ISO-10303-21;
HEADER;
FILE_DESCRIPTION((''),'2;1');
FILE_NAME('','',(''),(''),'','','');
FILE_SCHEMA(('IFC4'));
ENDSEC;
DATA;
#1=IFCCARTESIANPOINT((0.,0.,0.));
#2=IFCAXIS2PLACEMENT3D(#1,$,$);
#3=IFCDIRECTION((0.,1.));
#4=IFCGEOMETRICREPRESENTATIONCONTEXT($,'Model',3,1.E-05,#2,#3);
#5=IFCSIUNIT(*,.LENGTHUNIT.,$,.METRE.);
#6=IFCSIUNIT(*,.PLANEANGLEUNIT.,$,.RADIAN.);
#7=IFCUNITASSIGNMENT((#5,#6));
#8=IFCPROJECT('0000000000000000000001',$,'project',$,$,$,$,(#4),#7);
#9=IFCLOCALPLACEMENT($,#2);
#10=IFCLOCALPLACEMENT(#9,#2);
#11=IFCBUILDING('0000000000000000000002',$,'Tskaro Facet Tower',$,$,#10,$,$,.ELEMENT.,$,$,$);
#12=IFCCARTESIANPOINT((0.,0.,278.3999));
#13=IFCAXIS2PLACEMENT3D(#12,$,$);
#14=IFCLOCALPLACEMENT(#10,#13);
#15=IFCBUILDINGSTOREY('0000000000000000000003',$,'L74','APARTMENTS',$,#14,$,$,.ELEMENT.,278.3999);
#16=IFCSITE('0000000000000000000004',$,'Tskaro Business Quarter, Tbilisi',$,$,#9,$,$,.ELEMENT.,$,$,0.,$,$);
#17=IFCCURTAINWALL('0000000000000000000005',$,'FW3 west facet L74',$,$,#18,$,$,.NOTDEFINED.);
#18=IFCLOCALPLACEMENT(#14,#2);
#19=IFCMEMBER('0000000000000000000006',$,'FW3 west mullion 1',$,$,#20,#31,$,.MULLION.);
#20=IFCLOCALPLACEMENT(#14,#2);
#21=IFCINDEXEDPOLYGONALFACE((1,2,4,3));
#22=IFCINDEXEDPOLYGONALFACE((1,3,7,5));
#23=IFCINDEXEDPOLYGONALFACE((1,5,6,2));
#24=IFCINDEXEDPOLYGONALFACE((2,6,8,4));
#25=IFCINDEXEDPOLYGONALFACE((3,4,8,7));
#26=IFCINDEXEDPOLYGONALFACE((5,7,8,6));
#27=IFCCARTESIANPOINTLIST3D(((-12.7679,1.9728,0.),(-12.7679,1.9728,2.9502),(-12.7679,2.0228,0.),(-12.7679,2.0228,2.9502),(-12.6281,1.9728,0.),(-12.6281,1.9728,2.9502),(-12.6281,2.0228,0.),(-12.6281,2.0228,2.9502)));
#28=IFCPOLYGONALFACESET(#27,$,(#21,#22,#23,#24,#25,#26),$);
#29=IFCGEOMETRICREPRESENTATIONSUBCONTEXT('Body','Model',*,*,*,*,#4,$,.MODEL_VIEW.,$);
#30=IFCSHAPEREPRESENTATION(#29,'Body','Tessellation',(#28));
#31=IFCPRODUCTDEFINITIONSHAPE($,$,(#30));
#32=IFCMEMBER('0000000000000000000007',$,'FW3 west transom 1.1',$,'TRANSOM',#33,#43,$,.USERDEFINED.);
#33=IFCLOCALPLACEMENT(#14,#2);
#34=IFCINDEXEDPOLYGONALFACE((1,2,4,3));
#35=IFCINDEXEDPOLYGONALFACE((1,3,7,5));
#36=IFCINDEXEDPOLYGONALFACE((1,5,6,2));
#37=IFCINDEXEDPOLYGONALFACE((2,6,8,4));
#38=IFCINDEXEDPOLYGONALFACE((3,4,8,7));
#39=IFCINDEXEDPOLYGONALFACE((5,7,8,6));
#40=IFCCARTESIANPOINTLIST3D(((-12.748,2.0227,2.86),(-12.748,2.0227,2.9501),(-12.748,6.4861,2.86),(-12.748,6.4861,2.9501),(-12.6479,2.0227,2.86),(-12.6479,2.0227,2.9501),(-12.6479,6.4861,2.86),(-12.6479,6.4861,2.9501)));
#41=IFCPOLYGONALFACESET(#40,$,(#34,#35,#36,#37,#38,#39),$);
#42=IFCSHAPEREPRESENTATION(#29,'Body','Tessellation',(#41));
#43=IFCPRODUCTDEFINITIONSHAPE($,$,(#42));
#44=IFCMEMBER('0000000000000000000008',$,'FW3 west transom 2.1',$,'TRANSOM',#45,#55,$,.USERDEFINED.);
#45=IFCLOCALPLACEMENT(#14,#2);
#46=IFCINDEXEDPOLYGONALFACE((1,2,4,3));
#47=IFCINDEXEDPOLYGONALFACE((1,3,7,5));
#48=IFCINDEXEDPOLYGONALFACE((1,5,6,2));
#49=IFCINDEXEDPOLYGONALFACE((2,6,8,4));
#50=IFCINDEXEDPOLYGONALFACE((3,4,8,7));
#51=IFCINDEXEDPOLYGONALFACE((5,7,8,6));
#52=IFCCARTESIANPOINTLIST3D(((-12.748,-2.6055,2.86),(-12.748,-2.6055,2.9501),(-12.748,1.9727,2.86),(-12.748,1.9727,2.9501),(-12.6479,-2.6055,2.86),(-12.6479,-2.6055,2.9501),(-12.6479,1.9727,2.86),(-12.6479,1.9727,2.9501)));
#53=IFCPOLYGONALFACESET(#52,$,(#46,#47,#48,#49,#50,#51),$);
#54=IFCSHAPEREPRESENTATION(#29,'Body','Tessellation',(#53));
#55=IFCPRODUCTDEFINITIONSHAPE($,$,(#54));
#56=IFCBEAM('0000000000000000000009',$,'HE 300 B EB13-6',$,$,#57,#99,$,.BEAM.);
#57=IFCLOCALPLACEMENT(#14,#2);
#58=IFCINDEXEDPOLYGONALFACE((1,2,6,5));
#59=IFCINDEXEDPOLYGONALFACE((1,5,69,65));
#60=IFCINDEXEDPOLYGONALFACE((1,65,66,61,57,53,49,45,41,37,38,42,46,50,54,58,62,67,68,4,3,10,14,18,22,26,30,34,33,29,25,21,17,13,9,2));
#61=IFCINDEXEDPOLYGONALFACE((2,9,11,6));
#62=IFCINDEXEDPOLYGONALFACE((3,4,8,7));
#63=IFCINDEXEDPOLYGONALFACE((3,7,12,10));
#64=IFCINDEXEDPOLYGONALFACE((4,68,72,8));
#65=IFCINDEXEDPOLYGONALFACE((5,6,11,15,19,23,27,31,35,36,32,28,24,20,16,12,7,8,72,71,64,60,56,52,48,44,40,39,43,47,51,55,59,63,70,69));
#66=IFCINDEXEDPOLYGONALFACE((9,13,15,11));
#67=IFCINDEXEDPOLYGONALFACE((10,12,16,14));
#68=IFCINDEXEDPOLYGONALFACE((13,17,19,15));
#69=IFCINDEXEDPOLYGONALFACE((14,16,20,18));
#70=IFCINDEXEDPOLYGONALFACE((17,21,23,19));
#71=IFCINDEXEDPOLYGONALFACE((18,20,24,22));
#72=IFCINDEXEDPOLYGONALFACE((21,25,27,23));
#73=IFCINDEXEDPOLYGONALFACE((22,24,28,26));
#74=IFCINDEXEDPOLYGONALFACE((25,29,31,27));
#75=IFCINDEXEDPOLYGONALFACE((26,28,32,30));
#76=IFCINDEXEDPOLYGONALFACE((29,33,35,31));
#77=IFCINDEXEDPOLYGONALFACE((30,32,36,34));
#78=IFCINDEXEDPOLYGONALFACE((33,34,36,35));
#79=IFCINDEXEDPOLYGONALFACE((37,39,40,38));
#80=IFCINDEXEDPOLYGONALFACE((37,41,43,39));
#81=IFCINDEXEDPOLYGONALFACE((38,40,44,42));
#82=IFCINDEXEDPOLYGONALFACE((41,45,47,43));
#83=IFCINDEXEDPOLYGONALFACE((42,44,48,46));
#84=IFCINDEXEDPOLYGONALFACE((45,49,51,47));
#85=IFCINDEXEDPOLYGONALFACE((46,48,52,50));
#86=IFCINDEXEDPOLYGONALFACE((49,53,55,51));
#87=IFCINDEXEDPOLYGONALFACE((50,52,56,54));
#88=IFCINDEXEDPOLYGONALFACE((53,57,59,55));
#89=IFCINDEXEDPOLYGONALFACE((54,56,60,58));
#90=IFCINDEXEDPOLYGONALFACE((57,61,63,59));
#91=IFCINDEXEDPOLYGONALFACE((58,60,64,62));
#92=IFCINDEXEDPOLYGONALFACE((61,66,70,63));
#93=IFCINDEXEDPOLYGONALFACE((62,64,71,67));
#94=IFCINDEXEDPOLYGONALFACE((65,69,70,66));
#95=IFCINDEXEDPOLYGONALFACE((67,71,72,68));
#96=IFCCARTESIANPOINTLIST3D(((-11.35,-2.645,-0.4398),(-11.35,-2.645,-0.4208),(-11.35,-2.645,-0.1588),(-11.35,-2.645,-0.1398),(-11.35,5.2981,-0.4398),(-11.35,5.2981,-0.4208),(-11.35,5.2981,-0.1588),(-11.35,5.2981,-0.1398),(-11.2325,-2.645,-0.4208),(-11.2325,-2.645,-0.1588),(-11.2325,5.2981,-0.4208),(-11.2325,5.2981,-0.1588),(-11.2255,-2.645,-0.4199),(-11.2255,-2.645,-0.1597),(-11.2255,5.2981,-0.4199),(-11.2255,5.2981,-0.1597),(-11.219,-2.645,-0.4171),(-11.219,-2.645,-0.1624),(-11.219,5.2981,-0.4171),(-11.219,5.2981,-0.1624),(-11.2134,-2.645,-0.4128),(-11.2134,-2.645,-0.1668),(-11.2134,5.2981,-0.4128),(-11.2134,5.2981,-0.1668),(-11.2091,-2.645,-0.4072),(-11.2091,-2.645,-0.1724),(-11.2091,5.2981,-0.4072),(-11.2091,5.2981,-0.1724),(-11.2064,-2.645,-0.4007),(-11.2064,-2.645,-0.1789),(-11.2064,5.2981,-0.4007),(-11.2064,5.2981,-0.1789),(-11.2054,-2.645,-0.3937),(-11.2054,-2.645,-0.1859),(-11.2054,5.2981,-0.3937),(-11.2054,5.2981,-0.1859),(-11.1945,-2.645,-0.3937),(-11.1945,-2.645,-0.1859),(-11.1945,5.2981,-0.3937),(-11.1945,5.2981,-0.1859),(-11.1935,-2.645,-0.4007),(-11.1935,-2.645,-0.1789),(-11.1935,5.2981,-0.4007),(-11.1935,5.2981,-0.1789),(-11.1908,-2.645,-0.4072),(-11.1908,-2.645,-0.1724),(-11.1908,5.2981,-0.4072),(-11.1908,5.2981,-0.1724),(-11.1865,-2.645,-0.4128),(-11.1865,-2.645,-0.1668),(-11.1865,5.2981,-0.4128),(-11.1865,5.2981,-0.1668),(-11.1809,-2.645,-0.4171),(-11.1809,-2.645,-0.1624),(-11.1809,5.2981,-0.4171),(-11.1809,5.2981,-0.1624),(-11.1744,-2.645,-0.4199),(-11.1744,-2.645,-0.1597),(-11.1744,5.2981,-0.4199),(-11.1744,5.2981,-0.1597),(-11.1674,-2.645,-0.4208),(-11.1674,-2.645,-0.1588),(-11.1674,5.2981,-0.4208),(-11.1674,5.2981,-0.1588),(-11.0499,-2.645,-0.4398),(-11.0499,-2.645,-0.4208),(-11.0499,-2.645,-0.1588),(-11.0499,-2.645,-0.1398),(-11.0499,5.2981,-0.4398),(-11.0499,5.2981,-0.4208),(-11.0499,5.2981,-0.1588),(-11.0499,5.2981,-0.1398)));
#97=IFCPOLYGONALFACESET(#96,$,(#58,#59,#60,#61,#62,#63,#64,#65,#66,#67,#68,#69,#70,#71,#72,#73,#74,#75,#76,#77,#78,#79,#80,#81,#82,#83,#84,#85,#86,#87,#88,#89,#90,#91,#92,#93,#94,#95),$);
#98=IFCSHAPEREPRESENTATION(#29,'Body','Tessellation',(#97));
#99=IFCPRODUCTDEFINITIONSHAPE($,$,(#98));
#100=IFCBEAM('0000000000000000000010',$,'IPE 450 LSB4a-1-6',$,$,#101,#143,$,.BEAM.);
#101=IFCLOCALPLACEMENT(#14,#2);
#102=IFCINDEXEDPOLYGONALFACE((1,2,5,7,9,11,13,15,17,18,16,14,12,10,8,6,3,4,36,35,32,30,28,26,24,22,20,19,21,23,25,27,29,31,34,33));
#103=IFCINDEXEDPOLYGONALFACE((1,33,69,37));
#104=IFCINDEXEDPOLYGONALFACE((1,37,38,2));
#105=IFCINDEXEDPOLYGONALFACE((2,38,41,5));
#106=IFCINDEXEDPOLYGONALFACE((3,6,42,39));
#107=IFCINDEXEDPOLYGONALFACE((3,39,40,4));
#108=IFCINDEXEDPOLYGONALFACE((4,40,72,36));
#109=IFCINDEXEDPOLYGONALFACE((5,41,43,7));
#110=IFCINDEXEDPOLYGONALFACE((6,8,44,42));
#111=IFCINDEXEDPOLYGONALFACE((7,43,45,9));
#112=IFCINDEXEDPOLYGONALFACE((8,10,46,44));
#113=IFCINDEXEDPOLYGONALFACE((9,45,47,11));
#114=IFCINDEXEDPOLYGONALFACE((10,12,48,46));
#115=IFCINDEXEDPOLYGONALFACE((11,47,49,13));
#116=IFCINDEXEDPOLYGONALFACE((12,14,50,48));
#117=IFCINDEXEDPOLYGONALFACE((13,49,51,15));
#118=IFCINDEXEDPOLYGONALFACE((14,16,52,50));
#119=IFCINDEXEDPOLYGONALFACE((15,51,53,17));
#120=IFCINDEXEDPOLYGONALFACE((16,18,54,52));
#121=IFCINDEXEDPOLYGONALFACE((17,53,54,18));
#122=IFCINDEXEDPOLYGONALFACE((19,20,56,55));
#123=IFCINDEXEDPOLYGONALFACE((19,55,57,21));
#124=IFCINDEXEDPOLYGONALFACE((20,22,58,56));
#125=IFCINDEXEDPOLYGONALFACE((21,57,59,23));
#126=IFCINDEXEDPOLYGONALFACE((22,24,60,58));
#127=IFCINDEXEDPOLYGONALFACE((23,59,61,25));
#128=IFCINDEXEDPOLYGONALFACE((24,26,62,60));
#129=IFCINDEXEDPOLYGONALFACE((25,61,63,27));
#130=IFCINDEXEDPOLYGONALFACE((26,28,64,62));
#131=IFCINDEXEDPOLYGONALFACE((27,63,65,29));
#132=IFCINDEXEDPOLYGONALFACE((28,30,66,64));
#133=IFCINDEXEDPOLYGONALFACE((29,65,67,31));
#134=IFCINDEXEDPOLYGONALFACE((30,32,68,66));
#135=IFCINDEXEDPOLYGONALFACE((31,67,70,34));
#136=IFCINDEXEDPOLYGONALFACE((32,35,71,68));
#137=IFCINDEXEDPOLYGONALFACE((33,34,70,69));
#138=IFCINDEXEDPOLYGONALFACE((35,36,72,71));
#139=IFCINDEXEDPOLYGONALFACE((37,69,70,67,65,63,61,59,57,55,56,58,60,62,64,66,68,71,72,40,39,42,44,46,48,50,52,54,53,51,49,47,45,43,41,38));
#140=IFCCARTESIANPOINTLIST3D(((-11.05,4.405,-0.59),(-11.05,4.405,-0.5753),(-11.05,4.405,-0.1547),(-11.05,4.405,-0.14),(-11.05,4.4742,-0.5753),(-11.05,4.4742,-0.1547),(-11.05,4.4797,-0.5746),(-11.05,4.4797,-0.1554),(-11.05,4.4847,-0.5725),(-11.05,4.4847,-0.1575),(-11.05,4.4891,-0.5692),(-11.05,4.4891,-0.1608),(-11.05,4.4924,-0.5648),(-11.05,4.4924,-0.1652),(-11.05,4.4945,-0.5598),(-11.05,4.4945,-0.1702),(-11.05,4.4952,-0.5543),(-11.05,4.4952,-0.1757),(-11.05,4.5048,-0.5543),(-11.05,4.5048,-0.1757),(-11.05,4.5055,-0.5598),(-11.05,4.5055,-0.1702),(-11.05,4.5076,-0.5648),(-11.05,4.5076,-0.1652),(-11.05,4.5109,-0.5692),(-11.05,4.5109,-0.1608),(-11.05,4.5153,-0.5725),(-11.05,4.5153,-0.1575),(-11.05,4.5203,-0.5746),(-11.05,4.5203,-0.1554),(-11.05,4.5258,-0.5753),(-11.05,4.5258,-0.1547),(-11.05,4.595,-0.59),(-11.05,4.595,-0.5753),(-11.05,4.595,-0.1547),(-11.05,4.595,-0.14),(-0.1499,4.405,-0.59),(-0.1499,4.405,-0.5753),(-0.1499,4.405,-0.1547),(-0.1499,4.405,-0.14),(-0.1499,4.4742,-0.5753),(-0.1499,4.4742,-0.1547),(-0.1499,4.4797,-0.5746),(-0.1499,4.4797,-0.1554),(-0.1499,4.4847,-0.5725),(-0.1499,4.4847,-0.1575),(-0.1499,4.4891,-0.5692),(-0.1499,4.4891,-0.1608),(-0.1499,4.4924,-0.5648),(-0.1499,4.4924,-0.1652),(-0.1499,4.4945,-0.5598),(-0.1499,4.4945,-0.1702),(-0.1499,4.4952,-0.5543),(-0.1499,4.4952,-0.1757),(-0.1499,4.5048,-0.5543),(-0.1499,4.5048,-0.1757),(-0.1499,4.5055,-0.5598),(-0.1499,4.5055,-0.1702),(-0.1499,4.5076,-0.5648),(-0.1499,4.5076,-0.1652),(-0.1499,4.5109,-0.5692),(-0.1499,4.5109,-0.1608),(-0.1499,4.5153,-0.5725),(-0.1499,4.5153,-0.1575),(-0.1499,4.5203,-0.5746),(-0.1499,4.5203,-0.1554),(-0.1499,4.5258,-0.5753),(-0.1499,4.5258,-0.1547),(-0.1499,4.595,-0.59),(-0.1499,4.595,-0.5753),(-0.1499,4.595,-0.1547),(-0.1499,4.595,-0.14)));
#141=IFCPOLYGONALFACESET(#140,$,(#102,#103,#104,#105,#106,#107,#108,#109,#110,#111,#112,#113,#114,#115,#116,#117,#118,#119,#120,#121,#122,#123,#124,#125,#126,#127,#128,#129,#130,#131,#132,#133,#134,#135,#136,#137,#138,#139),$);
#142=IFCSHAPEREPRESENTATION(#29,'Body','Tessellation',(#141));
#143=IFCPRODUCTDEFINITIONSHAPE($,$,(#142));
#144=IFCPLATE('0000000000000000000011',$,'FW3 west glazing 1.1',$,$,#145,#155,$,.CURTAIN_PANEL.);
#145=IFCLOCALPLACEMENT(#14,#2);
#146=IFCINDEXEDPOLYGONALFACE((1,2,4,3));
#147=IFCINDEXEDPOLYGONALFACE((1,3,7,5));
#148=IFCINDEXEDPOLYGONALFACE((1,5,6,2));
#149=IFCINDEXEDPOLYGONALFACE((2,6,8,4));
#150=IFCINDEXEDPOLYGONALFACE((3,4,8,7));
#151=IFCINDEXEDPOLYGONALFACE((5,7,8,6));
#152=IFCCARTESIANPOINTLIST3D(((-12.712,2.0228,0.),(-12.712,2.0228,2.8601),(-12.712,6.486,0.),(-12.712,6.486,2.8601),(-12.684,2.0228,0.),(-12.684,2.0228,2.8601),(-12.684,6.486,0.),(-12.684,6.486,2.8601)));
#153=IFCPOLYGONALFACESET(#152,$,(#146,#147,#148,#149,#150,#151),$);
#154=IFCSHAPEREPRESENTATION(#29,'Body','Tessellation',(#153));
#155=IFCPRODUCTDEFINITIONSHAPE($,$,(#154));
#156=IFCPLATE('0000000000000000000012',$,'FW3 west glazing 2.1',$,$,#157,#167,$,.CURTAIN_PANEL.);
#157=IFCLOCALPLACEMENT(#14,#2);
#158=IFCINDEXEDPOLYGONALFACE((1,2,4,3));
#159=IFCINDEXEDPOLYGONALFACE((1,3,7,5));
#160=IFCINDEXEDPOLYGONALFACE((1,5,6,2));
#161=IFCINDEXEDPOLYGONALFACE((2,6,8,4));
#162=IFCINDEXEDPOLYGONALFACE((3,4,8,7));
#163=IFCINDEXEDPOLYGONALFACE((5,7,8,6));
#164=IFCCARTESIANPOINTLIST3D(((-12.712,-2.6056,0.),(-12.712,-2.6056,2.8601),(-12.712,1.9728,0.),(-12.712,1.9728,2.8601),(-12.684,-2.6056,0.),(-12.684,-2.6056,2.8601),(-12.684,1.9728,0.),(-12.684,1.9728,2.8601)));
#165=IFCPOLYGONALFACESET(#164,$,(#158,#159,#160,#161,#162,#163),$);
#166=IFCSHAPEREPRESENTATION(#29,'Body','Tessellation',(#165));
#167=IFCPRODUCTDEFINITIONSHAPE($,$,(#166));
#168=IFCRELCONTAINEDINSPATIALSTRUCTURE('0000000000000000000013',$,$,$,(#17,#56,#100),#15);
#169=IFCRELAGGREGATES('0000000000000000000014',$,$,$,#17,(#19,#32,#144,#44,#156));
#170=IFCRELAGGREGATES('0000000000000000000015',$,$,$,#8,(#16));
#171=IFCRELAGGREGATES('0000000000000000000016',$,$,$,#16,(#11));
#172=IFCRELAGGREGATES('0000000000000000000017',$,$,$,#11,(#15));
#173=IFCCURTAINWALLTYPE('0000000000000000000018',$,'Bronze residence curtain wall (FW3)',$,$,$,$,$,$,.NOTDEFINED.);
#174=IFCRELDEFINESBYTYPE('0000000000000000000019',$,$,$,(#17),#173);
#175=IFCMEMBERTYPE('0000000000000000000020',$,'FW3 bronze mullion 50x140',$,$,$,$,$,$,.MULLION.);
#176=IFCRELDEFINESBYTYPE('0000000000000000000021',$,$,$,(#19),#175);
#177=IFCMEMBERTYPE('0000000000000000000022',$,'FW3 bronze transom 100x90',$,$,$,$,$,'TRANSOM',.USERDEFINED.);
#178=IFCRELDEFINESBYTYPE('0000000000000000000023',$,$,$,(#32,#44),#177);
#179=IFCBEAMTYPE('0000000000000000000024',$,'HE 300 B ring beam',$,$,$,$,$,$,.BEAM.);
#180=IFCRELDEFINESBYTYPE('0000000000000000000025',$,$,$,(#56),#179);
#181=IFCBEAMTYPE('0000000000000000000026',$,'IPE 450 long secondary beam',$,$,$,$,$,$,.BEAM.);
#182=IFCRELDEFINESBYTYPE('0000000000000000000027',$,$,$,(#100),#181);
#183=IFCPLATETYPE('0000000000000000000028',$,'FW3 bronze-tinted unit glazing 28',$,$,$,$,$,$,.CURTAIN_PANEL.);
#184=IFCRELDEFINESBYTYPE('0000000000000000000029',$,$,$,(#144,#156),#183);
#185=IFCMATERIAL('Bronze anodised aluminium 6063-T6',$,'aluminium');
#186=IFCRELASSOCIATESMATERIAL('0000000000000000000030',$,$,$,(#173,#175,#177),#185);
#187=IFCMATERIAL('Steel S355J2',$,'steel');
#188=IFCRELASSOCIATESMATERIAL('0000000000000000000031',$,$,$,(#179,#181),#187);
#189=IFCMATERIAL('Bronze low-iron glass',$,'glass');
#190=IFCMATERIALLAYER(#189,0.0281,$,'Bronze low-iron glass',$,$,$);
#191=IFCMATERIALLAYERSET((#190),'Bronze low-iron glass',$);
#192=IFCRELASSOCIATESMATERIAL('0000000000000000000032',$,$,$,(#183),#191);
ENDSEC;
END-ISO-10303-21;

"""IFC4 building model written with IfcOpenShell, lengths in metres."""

from ifc_helpers import new_model, si_unit, direction, frame, origin, origin_2d, place, context, subcontext, project, spatial, rectangle, i_section, extrude, material, layer, layer_set, material_profile, profile_set, type_object, element, aggregate, save


model = new_model("IFC4")

# Units and contexts
model_context = context("Model", 3, precision=1e-05, world=origin(), true_north=direction((0.0, 1.0)))
body_context = subcontext(model_context, "Body", "Model", "MODEL_VIEW")
ifc_project = project(units=[si_unit("LENGTHUNIT", "METRE"), si_unit("PLANEANGLEUNIT", "RADIAN")], contexts=[model_context])

# Site, building, storey
site_placement = place(None, origin())
site = spatial("IfcSite", under=ifc_project, at=site_placement, Name="Tskaro Business Quarter, Tbilisi", CompositionType="ELEMENT", RefElevation=0.0)
building_placement = place(site_placement, origin())
building = spatial("IfcBuilding", under=site, at=building_placement, Name="Tskaro Facet Tower", CompositionType="ELEMENT")
storey_placement = place(building_placement, frame((0.0, 0.0, 278.3999)))
storey = spatial("IfcBuildingStorey", under=building, at=storey_placement, Name="L74", Description="APARTMENTS", CompositionType="ELEMENT", Elevation=278.3999)

# Shared definitions
ifc_material_1 = material(Name="Steel S355J2", Category="steel")

# Curtain wall, members
ifc_material_2 = material(Name="Bronze anodised aluminium 6063-T6", Category="aluminium")
curtain_wall_type = type_object("IfcCurtainWallType", Name="Bronze residence curtain wall (FW3)", PredefinedType="NOTDEFINED", material=ifc_material_2)
curtain_wall_placement = place(storey_placement, origin())
curtain_wall = element("IfcCurtainWall", 1, at=curtain_wall_placement, inside=storey, type_object=curtain_wall_type, Name="FW3 west facet L74", PredefinedType="NOTDEFINED")
ifc_material_profile_1 = material_profile(ifc_material_2, rectangle(XDim=0.05, YDim=0.1399, at=origin_2d()), Name="Mullion 50x140")
ifc_profile_set_1 = profile_set([ifc_material_profile_1], Name="Bronze anodised aluminium 6063-T6")
member_type_1 = type_object("IfcMemberType", Name="FW3 bronze mullion 50x140", PredefinedType="MULLION", material=ifc_profile_set_1)
member_1_placement = place(storey_placement, frame((-12.698, 1.9978, 0.0), z_axis=(0.0, 0.0, 1.0), x_axis=(0.0, -1.0, 0.0)))
member_1 = element("IfcMember", 2, at=member_1_placement, type_object=member_type_1, Name="FW3 west mullion 1", PredefinedType="MULLION", context=body_context, shape_type="SweptSolid", body=[
    extrude(rectangle(XDim=0.05, YDim=0.1399, at=origin_2d()), origin(), (0.0, 0.0, 1.0), 2.9502),
])
ifc_material_profile_2 = material_profile(ifc_material_2, rectangle(XDim=0.1001, YDim=0.0901, at=origin_2d()), Name="Transom 100x90")
ifc_profile_set_2 = profile_set([ifc_material_profile_2], Name="Bronze anodised aluminium 6063-T6")
member_type_2 = type_object("IfcMemberType", Name="FW3 bronze transom 100x90", ElementType="TRANSOM", PredefinedType="USERDEFINED", material=ifc_profile_set_2)
member_2_placement = place(storey_placement, frame((-12.698, 6.4861, 2.905), z_axis=(0.0, -1.0, 0.0), x_axis=(1.0, 0.0, 0.0)))
member_2 = element("IfcMember", 3, at=member_2_placement, type_object=member_type_2, Name="FW3 west transom 1.1", ObjectType="TRANSOM", PredefinedType="USERDEFINED", context=body_context, shape_type="SweptSolid", body=[
    extrude(rectangle(XDim=0.1001, YDim=0.0901, at=origin_2d()), origin(), (0.0, 0.0, 1.0), 4.4634),
])
member_3_placement = place(storey_placement, frame((-12.698, 1.9727, 2.905), z_axis=(0.0, -1.0, 0.0), x_axis=(1.0, 0.0, 0.0)))
member_3 = element("IfcMember", 4, at=member_3_placement, type_object=member_type_2, Name="FW3 west transom 2.1", ObjectType="TRANSOM", PredefinedType="USERDEFINED", context=body_context, shape_type="SweptSolid", body=[
    extrude(rectangle(XDim=0.1001, YDim=0.0901, at=origin_2d()), origin(), (0.0, 0.0, 1.0), 4.5781),
])

# Beams
ifc_material_profile_3 = material_profile(ifc_material_1, i_section(OverallWidth=0.3, OverallDepth=0.3, WebThickness=0.011, FlangeThickness=0.019, FilletRadius=0.0271, at=origin_2d()), Name="HE 300 B")
ifc_profile_set_3 = profile_set([ifc_material_profile_3], Name="Steel S355J2")
beam_type_1 = type_object("IfcBeamType", Name="HE 300 B ring beam", PredefinedType="BEAM", material=ifc_profile_set_3)
beam_1_placement = place(storey_placement, frame((-11.2, 5.2981, -0.2898), z_axis=(0.0, -1.0, 0.0), x_axis=(1.0, 0.0, 0.0)))
element("IfcBeam", 5, at=beam_1_placement, inside=storey, type_object=beam_type_1, Name="HE 300 B EB13-6", PredefinedType="BEAM", context=body_context, shape_type="SweptSolid", body=[
    extrude(i_section(OverallWidth=0.3, OverallDepth=0.3, WebThickness=0.011, FlangeThickness=0.019, FilletRadius=0.0271, at=origin_2d()), origin(), (0.0, 0.0, 1.0), 7.9431),
])
ifc_material_profile_4 = material_profile(ifc_material_1, i_section(OverallWidth=0.1899, OverallDepth=0.45, WebThickness=0.0095, FlangeThickness=0.0146, FilletRadius=0.021, at=origin_2d()), Name="IPE 450")
ifc_profile_set_4 = profile_set([ifc_material_profile_4], Name="Steel S355J2")
beam_type_2 = type_object("IfcBeamType", Name="IPE 450 long secondary beam", PredefinedType="BEAM", material=ifc_profile_set_4)
beam_2_placement = place(storey_placement, frame((-11.05, 4.5, -0.365), z_axis=(1.0, 0.0, 0.0), x_axis=(0.0, 1.0, 0.0)))
element("IfcBeam", 6, at=beam_2_placement, inside=storey, type_object=beam_type_2, Name="IPE 450 LSB4a-1-6", PredefinedType="BEAM", context=body_context, shape_type="SweptSolid", body=[
    extrude(i_section(OverallWidth=0.1899, OverallDepth=0.45, WebThickness=0.0095, FlangeThickness=0.0146, FilletRadius=0.021, at=origin_2d()), origin(), (0.0, 0.0, 1.0), 10.9001),
])

# Plates
ifc_material_3 = material(Name="Bronze low-iron glass", Category="glass")
ifc_layer_1 = layer(ifc_material_3, 0.0281, Name="Bronze low-iron glass")
ifc_layer_set_1 = layer_set([ifc_layer_1], Name="Bronze low-iron glass")
plate_type = type_object("IfcPlateType", Name="FW3 bronze-tinted unit glazing 28", PredefinedType="CURTAIN_PANEL", material=ifc_layer_set_1)
plate_1_placement = place(storey_placement, frame((-12.698, 4.2544, 0.0), z_axis=(0.0, 0.0, 1.0), x_axis=(0.0, -1.0, 0.0)))
plate_1 = element("IfcPlate", 7, at=plate_1_placement, type_object=plate_type, Name="FW3 west glazing 1.1", PredefinedType="CURTAIN_PANEL", context=body_context, shape_type="SweptSolid", body=[
    extrude(rectangle(XDim=4.4631, YDim=0.0281, at=origin_2d()), origin(), (0.0, 0.0, 1.0), 2.8601),
])
plate_2_placement = place(storey_placement, frame((-12.698, -0.3164, 0.0), z_axis=(0.0, 0.0, 1.0), x_axis=(0.0, -1.0, 0.0)))
plate_2 = element("IfcPlate", 8, at=plate_2_placement, type_object=plate_type, Name="FW3 west glazing 2.1", PredefinedType="CURTAIN_PANEL", context=body_context, shape_type="SweptSolid", body=[
    extrude(rectangle(XDim=4.5784, YDim=0.0281, at=origin_2d()), origin(), (0.0, 0.0, 1.0), 2.8601),
])
aggregate(curtain_wall, [member_1, member_2, plate_1, member_3, plate_2])

save(model, "model.ifc")
